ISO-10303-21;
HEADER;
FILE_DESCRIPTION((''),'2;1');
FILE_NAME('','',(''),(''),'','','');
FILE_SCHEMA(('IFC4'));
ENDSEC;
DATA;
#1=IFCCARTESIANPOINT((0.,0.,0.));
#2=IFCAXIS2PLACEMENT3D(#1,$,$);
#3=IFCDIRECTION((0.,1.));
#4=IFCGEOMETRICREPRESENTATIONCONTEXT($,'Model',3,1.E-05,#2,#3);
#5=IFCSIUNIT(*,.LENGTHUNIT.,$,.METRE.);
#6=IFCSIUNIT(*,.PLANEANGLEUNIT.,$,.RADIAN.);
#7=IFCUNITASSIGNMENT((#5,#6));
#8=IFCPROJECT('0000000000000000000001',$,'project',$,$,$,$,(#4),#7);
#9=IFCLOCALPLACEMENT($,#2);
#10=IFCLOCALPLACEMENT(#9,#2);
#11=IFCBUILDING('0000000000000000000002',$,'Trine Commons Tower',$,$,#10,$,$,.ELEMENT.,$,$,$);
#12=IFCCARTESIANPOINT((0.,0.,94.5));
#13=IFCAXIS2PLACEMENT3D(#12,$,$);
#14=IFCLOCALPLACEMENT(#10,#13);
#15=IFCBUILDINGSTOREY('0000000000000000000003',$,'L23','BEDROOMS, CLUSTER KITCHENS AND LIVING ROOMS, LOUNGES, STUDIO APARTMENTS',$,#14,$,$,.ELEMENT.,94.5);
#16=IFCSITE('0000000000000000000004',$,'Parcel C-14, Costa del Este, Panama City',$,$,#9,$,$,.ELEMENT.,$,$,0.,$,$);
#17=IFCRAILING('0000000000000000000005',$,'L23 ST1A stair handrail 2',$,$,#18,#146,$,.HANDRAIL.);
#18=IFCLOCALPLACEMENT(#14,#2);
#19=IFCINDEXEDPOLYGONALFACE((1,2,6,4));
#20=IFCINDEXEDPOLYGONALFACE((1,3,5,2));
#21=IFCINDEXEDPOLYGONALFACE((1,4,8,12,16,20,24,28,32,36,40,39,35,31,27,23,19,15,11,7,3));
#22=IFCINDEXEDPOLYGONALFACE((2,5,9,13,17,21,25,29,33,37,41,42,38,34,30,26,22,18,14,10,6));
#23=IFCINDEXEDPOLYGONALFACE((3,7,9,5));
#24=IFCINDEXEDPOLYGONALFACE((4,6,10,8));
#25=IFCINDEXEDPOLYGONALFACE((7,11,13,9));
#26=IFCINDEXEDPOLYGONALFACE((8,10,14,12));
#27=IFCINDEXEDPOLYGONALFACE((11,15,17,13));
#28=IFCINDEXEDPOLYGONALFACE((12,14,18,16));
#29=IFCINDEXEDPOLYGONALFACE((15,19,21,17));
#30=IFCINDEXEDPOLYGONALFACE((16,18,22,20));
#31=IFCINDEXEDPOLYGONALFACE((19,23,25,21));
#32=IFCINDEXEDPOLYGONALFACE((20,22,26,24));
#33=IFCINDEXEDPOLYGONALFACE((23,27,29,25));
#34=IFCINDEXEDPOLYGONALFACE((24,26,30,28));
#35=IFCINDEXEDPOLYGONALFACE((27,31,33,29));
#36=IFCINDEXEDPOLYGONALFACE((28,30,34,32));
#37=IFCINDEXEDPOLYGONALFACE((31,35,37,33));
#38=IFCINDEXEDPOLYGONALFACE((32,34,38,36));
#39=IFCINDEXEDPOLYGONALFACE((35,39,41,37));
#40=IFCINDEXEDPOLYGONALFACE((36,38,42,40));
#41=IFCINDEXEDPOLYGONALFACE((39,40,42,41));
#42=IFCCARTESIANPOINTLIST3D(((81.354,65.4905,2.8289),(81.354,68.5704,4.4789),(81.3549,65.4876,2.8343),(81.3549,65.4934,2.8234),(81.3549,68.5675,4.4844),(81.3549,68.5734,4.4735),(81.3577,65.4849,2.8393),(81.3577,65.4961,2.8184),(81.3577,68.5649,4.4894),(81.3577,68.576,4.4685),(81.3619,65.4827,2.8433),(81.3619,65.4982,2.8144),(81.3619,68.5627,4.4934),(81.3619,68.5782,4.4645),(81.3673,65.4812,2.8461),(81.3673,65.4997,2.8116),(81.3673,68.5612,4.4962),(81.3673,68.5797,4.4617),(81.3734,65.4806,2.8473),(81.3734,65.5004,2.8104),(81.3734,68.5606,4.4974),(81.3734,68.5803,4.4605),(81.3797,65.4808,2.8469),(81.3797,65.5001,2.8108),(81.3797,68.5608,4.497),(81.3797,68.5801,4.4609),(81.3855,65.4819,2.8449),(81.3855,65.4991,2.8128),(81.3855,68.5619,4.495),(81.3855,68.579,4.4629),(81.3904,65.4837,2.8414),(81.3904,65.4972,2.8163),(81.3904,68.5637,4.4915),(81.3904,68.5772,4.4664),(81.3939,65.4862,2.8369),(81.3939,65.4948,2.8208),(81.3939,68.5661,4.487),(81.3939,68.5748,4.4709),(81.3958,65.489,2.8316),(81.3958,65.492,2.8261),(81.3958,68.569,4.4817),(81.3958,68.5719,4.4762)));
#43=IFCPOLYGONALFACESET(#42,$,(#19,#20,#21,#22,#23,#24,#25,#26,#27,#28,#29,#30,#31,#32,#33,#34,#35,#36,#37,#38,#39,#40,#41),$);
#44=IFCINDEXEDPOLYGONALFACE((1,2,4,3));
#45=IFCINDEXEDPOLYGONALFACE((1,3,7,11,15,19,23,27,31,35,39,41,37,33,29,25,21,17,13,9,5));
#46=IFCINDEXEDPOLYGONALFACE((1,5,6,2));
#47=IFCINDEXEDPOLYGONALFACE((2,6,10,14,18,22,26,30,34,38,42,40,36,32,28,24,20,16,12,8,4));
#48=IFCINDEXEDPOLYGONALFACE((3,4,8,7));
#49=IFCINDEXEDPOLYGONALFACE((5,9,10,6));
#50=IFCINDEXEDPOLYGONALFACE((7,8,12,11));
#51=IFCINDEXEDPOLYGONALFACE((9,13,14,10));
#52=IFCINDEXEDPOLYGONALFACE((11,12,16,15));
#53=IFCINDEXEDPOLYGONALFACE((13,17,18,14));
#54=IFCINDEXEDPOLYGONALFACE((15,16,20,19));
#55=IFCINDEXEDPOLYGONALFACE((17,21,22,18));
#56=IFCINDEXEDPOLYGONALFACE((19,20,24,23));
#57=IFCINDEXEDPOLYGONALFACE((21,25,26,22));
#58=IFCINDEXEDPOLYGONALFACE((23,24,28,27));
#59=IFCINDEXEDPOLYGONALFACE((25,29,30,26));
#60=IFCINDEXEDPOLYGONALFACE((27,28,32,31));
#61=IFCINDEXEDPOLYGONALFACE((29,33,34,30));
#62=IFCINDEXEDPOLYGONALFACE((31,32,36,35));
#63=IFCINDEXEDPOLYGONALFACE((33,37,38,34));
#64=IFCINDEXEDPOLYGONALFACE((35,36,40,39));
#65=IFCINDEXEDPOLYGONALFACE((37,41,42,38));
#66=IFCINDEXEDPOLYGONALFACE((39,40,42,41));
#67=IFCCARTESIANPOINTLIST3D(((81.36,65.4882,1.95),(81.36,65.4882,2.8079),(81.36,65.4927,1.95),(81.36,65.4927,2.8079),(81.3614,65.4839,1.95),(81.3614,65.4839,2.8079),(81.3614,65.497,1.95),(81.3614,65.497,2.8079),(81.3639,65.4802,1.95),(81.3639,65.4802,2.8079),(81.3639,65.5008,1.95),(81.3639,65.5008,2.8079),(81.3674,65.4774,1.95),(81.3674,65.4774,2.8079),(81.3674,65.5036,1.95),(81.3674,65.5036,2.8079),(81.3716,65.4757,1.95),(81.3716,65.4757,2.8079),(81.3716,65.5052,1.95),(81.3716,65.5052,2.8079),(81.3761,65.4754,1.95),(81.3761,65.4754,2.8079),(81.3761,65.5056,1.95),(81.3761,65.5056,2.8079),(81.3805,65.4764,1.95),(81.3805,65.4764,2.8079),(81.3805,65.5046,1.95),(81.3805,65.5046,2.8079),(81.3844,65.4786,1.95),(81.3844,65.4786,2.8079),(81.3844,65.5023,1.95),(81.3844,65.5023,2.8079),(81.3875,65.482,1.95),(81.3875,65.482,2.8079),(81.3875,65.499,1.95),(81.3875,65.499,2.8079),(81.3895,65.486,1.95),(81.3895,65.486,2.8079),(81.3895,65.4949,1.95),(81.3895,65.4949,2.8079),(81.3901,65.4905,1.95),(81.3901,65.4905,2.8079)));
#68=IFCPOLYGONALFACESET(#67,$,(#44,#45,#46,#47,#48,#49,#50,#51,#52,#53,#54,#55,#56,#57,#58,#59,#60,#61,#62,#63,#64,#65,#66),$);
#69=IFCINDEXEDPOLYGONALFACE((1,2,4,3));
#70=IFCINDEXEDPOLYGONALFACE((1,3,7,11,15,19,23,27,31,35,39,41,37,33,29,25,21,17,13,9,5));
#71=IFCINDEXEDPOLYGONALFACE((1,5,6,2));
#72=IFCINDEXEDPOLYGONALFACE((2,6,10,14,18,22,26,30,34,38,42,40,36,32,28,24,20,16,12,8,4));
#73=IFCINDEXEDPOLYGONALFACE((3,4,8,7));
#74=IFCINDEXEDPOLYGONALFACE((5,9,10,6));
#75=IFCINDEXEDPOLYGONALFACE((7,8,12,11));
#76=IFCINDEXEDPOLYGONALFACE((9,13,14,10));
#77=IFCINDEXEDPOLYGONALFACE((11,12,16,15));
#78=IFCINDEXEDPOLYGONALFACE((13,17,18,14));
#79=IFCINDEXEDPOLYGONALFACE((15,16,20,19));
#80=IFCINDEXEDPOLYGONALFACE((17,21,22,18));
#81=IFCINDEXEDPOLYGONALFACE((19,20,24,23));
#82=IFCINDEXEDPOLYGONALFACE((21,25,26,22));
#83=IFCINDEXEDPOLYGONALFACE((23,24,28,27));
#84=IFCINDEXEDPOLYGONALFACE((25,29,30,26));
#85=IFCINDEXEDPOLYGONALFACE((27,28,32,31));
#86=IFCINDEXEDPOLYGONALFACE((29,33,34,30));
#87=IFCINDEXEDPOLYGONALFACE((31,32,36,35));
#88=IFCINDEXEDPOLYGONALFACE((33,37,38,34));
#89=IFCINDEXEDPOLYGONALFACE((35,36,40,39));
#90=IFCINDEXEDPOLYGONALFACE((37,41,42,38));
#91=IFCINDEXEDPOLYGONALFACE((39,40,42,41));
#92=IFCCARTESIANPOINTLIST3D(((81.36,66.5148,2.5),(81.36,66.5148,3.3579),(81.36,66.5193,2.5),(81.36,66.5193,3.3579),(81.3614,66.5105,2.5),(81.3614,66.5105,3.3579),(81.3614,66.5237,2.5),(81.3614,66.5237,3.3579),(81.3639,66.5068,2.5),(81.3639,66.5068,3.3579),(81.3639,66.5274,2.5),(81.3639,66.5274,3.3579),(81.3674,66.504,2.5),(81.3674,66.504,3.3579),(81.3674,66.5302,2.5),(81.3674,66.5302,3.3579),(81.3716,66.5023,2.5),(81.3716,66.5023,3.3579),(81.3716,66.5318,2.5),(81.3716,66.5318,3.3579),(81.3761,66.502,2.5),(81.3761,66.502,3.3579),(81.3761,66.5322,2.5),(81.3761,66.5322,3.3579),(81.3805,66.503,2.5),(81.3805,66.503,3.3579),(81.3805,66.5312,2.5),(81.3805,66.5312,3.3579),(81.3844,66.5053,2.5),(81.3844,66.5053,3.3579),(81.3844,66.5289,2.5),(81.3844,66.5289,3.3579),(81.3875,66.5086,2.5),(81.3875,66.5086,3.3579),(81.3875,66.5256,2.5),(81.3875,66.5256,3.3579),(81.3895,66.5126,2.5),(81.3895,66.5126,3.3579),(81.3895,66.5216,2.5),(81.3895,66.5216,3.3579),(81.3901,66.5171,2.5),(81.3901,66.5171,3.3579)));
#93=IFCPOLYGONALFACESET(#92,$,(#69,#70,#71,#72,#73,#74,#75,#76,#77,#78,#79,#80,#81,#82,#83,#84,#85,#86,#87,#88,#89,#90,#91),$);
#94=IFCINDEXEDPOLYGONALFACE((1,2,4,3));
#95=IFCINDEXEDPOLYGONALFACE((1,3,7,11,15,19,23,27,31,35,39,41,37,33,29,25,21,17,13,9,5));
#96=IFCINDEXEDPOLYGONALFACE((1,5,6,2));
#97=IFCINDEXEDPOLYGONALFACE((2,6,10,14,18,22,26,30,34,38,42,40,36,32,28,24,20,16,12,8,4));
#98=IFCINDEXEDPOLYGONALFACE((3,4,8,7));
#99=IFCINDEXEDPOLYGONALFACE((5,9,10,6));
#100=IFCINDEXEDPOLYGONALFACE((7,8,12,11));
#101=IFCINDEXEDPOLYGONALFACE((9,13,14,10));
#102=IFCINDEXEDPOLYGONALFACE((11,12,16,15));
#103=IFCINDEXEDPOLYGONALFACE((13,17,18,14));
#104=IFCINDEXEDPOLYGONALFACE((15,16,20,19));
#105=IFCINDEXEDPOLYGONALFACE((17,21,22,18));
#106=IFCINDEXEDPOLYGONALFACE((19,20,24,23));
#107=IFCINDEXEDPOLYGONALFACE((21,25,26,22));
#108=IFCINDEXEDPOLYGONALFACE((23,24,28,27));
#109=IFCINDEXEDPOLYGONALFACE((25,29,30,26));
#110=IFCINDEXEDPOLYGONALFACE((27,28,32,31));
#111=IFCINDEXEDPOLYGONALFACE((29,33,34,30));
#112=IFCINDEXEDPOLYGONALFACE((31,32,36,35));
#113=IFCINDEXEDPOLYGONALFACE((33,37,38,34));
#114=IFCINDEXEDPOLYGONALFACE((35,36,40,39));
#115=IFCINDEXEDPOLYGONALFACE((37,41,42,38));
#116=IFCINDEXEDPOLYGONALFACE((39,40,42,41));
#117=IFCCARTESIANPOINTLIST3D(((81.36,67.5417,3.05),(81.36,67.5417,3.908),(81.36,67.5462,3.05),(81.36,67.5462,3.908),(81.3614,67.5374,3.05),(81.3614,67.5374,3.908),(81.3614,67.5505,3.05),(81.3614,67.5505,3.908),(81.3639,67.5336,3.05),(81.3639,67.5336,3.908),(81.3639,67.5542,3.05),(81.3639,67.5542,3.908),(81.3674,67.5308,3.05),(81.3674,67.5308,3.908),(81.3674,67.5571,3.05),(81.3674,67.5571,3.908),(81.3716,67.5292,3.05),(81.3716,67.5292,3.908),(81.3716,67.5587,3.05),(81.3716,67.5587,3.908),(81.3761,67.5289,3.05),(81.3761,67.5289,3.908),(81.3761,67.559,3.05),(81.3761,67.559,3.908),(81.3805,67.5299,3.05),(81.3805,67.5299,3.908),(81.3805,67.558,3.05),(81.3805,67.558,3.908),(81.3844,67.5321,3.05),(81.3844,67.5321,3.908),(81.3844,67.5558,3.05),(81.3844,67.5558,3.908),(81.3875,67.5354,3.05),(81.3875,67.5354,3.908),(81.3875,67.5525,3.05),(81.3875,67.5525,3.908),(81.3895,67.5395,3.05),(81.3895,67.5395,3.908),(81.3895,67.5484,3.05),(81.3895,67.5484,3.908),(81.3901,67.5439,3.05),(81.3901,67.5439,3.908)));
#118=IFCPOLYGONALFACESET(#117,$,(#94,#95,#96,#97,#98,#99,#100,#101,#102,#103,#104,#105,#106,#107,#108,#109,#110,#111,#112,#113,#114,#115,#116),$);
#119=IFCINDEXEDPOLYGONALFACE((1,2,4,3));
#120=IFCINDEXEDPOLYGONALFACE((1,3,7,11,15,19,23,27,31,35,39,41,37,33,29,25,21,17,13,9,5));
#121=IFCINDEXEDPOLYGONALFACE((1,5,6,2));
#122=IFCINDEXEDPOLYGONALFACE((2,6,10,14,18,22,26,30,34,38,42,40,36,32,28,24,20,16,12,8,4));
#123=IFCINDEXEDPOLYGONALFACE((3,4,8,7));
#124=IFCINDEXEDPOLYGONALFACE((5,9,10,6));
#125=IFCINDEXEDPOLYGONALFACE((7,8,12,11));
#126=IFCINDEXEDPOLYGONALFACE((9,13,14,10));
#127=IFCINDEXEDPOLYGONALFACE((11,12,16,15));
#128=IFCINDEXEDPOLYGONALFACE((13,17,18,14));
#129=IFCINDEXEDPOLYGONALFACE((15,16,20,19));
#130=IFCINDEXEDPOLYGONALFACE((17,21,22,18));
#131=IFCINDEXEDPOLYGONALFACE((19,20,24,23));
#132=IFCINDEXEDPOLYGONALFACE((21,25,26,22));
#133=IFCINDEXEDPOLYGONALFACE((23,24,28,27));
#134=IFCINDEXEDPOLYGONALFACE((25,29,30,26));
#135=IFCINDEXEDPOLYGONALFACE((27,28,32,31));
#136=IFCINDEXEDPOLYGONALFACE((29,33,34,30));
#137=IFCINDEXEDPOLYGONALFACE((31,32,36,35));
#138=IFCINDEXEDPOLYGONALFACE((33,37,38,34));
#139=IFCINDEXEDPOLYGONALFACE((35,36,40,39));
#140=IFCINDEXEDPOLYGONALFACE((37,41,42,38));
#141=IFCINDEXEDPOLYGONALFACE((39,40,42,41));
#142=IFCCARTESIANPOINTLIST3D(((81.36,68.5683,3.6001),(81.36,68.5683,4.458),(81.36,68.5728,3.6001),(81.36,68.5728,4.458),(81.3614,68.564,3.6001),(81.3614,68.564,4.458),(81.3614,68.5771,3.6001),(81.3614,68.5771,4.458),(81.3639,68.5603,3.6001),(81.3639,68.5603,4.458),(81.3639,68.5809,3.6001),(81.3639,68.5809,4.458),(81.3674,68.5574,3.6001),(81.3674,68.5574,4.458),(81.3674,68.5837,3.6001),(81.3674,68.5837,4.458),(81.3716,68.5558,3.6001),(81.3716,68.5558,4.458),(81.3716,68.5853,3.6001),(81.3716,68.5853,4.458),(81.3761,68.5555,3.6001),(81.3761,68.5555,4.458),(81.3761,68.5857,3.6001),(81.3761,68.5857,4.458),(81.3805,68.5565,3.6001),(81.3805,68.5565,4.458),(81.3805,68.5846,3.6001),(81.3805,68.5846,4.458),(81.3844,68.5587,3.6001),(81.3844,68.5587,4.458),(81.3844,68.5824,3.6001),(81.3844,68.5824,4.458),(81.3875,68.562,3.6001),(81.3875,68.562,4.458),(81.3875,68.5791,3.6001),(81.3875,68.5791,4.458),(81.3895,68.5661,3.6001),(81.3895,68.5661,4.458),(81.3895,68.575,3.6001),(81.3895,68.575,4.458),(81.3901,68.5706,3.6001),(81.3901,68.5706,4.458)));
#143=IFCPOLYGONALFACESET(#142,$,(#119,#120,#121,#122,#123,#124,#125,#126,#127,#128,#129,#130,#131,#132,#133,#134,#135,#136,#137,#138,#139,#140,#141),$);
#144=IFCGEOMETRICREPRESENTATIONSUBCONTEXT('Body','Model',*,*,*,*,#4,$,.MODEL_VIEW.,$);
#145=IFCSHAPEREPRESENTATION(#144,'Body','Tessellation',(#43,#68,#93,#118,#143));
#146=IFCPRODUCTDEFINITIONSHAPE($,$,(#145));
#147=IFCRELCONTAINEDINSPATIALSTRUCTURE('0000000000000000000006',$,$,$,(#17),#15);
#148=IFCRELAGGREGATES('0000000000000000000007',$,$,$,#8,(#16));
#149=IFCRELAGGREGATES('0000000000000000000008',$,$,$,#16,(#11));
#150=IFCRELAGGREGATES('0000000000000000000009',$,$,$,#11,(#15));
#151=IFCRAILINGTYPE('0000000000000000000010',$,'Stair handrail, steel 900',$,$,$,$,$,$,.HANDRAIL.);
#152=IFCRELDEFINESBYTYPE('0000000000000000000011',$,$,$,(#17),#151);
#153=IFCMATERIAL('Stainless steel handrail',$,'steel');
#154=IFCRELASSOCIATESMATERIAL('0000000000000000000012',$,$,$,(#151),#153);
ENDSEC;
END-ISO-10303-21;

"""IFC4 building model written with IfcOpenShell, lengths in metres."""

from ifc_helpers import new_model, si_unit, direction, frame, origin, origin_2d, place, context, subcontext, project, spatial, circle, extrude, material, type_object, element, save


model = new_model("IFC4")

# Units and contexts
model_context = context("Model", 3, precision=1e-05, world=origin(), true_north=direction((0.0, 1.0)))
body_context = subcontext(model_context, "Body", "Model", "MODEL_VIEW")
ifc_project = project(units=[si_unit("LENGTHUNIT", "METRE"), si_unit("PLANEANGLEUNIT", "RADIAN")], contexts=[model_context])

# Site, building, storey
site_placement = place(None, origin())
site = spatial("IfcSite", under=ifc_project, at=site_placement, Name="Parcel C-14, Costa del Este, Panama City", CompositionType="ELEMENT", RefElevation=0.0)
building_placement = place(site_placement, origin())
building = spatial("IfcBuilding", under=site, at=building_placement, Name="Trine Commons Tower", CompositionType="ELEMENT")
storey_placement = place(building_placement, frame((0.0, 0.0, 94.5)))
storey = spatial("IfcBuildingStorey", under=building, at=storey_placement, Name="L23", Description="BEDROOMS, CLUSTER KITCHENS AND LIVING ROOMS, LOUNGES, STUDIO APARTMENTS", CompositionType="ELEMENT", Elevation=94.5)

# Railing
ifc_material_1 = material(Name="Stainless steel handrail", Category="steel")
railing_type_1 = type_object("IfcRailingType", Name="Stair handrail, steel 900", PredefinedType="HANDRAIL", material=ifc_material_1)
railing_1_placement = place(storey_placement, frame((81.375, 65.4905, 1.95)))
element("IfcRailing", 1, at=railing_1_placement, inside=storey, type_object=railing_type_1, Name="L23 ST1A stair handrail 2", PredefinedType="HANDRAIL", context=body_context, shape_type="SweptSolid", body=[
    extrude(circle(Radius=0.021, at=origin_2d()), frame((0.0, 0.0, 0.8789), z_axis=(0.0, 0.881468, 0.472245), x_axis=(-1.0, 0.0, 0.0)), (0.0, 0.0, 1.0), 3.4941),
    extrude(circle(Radius=0.0151, at=origin_2d()), origin(), (0.0, 0.0, 1.0), 0.8579),
    extrude(circle(Radius=0.0151, at=origin_2d()), frame((0.0, 1.0266, 0.55)), (0.0, 0.0, 1.0), 0.8579),
    extrude(circle(Radius=0.0151, at=origin_2d()), frame((0.0, 2.0535, 1.1001)), (0.0, 0.0, 1.0), 0.8579),
    extrude(circle(Radius=0.0151, at=origin_2d()), frame((0.0, 3.0801, 1.6501)), (0.0, 0.0, 1.0), 0.8579),
])

save(model, "model.ifc")
